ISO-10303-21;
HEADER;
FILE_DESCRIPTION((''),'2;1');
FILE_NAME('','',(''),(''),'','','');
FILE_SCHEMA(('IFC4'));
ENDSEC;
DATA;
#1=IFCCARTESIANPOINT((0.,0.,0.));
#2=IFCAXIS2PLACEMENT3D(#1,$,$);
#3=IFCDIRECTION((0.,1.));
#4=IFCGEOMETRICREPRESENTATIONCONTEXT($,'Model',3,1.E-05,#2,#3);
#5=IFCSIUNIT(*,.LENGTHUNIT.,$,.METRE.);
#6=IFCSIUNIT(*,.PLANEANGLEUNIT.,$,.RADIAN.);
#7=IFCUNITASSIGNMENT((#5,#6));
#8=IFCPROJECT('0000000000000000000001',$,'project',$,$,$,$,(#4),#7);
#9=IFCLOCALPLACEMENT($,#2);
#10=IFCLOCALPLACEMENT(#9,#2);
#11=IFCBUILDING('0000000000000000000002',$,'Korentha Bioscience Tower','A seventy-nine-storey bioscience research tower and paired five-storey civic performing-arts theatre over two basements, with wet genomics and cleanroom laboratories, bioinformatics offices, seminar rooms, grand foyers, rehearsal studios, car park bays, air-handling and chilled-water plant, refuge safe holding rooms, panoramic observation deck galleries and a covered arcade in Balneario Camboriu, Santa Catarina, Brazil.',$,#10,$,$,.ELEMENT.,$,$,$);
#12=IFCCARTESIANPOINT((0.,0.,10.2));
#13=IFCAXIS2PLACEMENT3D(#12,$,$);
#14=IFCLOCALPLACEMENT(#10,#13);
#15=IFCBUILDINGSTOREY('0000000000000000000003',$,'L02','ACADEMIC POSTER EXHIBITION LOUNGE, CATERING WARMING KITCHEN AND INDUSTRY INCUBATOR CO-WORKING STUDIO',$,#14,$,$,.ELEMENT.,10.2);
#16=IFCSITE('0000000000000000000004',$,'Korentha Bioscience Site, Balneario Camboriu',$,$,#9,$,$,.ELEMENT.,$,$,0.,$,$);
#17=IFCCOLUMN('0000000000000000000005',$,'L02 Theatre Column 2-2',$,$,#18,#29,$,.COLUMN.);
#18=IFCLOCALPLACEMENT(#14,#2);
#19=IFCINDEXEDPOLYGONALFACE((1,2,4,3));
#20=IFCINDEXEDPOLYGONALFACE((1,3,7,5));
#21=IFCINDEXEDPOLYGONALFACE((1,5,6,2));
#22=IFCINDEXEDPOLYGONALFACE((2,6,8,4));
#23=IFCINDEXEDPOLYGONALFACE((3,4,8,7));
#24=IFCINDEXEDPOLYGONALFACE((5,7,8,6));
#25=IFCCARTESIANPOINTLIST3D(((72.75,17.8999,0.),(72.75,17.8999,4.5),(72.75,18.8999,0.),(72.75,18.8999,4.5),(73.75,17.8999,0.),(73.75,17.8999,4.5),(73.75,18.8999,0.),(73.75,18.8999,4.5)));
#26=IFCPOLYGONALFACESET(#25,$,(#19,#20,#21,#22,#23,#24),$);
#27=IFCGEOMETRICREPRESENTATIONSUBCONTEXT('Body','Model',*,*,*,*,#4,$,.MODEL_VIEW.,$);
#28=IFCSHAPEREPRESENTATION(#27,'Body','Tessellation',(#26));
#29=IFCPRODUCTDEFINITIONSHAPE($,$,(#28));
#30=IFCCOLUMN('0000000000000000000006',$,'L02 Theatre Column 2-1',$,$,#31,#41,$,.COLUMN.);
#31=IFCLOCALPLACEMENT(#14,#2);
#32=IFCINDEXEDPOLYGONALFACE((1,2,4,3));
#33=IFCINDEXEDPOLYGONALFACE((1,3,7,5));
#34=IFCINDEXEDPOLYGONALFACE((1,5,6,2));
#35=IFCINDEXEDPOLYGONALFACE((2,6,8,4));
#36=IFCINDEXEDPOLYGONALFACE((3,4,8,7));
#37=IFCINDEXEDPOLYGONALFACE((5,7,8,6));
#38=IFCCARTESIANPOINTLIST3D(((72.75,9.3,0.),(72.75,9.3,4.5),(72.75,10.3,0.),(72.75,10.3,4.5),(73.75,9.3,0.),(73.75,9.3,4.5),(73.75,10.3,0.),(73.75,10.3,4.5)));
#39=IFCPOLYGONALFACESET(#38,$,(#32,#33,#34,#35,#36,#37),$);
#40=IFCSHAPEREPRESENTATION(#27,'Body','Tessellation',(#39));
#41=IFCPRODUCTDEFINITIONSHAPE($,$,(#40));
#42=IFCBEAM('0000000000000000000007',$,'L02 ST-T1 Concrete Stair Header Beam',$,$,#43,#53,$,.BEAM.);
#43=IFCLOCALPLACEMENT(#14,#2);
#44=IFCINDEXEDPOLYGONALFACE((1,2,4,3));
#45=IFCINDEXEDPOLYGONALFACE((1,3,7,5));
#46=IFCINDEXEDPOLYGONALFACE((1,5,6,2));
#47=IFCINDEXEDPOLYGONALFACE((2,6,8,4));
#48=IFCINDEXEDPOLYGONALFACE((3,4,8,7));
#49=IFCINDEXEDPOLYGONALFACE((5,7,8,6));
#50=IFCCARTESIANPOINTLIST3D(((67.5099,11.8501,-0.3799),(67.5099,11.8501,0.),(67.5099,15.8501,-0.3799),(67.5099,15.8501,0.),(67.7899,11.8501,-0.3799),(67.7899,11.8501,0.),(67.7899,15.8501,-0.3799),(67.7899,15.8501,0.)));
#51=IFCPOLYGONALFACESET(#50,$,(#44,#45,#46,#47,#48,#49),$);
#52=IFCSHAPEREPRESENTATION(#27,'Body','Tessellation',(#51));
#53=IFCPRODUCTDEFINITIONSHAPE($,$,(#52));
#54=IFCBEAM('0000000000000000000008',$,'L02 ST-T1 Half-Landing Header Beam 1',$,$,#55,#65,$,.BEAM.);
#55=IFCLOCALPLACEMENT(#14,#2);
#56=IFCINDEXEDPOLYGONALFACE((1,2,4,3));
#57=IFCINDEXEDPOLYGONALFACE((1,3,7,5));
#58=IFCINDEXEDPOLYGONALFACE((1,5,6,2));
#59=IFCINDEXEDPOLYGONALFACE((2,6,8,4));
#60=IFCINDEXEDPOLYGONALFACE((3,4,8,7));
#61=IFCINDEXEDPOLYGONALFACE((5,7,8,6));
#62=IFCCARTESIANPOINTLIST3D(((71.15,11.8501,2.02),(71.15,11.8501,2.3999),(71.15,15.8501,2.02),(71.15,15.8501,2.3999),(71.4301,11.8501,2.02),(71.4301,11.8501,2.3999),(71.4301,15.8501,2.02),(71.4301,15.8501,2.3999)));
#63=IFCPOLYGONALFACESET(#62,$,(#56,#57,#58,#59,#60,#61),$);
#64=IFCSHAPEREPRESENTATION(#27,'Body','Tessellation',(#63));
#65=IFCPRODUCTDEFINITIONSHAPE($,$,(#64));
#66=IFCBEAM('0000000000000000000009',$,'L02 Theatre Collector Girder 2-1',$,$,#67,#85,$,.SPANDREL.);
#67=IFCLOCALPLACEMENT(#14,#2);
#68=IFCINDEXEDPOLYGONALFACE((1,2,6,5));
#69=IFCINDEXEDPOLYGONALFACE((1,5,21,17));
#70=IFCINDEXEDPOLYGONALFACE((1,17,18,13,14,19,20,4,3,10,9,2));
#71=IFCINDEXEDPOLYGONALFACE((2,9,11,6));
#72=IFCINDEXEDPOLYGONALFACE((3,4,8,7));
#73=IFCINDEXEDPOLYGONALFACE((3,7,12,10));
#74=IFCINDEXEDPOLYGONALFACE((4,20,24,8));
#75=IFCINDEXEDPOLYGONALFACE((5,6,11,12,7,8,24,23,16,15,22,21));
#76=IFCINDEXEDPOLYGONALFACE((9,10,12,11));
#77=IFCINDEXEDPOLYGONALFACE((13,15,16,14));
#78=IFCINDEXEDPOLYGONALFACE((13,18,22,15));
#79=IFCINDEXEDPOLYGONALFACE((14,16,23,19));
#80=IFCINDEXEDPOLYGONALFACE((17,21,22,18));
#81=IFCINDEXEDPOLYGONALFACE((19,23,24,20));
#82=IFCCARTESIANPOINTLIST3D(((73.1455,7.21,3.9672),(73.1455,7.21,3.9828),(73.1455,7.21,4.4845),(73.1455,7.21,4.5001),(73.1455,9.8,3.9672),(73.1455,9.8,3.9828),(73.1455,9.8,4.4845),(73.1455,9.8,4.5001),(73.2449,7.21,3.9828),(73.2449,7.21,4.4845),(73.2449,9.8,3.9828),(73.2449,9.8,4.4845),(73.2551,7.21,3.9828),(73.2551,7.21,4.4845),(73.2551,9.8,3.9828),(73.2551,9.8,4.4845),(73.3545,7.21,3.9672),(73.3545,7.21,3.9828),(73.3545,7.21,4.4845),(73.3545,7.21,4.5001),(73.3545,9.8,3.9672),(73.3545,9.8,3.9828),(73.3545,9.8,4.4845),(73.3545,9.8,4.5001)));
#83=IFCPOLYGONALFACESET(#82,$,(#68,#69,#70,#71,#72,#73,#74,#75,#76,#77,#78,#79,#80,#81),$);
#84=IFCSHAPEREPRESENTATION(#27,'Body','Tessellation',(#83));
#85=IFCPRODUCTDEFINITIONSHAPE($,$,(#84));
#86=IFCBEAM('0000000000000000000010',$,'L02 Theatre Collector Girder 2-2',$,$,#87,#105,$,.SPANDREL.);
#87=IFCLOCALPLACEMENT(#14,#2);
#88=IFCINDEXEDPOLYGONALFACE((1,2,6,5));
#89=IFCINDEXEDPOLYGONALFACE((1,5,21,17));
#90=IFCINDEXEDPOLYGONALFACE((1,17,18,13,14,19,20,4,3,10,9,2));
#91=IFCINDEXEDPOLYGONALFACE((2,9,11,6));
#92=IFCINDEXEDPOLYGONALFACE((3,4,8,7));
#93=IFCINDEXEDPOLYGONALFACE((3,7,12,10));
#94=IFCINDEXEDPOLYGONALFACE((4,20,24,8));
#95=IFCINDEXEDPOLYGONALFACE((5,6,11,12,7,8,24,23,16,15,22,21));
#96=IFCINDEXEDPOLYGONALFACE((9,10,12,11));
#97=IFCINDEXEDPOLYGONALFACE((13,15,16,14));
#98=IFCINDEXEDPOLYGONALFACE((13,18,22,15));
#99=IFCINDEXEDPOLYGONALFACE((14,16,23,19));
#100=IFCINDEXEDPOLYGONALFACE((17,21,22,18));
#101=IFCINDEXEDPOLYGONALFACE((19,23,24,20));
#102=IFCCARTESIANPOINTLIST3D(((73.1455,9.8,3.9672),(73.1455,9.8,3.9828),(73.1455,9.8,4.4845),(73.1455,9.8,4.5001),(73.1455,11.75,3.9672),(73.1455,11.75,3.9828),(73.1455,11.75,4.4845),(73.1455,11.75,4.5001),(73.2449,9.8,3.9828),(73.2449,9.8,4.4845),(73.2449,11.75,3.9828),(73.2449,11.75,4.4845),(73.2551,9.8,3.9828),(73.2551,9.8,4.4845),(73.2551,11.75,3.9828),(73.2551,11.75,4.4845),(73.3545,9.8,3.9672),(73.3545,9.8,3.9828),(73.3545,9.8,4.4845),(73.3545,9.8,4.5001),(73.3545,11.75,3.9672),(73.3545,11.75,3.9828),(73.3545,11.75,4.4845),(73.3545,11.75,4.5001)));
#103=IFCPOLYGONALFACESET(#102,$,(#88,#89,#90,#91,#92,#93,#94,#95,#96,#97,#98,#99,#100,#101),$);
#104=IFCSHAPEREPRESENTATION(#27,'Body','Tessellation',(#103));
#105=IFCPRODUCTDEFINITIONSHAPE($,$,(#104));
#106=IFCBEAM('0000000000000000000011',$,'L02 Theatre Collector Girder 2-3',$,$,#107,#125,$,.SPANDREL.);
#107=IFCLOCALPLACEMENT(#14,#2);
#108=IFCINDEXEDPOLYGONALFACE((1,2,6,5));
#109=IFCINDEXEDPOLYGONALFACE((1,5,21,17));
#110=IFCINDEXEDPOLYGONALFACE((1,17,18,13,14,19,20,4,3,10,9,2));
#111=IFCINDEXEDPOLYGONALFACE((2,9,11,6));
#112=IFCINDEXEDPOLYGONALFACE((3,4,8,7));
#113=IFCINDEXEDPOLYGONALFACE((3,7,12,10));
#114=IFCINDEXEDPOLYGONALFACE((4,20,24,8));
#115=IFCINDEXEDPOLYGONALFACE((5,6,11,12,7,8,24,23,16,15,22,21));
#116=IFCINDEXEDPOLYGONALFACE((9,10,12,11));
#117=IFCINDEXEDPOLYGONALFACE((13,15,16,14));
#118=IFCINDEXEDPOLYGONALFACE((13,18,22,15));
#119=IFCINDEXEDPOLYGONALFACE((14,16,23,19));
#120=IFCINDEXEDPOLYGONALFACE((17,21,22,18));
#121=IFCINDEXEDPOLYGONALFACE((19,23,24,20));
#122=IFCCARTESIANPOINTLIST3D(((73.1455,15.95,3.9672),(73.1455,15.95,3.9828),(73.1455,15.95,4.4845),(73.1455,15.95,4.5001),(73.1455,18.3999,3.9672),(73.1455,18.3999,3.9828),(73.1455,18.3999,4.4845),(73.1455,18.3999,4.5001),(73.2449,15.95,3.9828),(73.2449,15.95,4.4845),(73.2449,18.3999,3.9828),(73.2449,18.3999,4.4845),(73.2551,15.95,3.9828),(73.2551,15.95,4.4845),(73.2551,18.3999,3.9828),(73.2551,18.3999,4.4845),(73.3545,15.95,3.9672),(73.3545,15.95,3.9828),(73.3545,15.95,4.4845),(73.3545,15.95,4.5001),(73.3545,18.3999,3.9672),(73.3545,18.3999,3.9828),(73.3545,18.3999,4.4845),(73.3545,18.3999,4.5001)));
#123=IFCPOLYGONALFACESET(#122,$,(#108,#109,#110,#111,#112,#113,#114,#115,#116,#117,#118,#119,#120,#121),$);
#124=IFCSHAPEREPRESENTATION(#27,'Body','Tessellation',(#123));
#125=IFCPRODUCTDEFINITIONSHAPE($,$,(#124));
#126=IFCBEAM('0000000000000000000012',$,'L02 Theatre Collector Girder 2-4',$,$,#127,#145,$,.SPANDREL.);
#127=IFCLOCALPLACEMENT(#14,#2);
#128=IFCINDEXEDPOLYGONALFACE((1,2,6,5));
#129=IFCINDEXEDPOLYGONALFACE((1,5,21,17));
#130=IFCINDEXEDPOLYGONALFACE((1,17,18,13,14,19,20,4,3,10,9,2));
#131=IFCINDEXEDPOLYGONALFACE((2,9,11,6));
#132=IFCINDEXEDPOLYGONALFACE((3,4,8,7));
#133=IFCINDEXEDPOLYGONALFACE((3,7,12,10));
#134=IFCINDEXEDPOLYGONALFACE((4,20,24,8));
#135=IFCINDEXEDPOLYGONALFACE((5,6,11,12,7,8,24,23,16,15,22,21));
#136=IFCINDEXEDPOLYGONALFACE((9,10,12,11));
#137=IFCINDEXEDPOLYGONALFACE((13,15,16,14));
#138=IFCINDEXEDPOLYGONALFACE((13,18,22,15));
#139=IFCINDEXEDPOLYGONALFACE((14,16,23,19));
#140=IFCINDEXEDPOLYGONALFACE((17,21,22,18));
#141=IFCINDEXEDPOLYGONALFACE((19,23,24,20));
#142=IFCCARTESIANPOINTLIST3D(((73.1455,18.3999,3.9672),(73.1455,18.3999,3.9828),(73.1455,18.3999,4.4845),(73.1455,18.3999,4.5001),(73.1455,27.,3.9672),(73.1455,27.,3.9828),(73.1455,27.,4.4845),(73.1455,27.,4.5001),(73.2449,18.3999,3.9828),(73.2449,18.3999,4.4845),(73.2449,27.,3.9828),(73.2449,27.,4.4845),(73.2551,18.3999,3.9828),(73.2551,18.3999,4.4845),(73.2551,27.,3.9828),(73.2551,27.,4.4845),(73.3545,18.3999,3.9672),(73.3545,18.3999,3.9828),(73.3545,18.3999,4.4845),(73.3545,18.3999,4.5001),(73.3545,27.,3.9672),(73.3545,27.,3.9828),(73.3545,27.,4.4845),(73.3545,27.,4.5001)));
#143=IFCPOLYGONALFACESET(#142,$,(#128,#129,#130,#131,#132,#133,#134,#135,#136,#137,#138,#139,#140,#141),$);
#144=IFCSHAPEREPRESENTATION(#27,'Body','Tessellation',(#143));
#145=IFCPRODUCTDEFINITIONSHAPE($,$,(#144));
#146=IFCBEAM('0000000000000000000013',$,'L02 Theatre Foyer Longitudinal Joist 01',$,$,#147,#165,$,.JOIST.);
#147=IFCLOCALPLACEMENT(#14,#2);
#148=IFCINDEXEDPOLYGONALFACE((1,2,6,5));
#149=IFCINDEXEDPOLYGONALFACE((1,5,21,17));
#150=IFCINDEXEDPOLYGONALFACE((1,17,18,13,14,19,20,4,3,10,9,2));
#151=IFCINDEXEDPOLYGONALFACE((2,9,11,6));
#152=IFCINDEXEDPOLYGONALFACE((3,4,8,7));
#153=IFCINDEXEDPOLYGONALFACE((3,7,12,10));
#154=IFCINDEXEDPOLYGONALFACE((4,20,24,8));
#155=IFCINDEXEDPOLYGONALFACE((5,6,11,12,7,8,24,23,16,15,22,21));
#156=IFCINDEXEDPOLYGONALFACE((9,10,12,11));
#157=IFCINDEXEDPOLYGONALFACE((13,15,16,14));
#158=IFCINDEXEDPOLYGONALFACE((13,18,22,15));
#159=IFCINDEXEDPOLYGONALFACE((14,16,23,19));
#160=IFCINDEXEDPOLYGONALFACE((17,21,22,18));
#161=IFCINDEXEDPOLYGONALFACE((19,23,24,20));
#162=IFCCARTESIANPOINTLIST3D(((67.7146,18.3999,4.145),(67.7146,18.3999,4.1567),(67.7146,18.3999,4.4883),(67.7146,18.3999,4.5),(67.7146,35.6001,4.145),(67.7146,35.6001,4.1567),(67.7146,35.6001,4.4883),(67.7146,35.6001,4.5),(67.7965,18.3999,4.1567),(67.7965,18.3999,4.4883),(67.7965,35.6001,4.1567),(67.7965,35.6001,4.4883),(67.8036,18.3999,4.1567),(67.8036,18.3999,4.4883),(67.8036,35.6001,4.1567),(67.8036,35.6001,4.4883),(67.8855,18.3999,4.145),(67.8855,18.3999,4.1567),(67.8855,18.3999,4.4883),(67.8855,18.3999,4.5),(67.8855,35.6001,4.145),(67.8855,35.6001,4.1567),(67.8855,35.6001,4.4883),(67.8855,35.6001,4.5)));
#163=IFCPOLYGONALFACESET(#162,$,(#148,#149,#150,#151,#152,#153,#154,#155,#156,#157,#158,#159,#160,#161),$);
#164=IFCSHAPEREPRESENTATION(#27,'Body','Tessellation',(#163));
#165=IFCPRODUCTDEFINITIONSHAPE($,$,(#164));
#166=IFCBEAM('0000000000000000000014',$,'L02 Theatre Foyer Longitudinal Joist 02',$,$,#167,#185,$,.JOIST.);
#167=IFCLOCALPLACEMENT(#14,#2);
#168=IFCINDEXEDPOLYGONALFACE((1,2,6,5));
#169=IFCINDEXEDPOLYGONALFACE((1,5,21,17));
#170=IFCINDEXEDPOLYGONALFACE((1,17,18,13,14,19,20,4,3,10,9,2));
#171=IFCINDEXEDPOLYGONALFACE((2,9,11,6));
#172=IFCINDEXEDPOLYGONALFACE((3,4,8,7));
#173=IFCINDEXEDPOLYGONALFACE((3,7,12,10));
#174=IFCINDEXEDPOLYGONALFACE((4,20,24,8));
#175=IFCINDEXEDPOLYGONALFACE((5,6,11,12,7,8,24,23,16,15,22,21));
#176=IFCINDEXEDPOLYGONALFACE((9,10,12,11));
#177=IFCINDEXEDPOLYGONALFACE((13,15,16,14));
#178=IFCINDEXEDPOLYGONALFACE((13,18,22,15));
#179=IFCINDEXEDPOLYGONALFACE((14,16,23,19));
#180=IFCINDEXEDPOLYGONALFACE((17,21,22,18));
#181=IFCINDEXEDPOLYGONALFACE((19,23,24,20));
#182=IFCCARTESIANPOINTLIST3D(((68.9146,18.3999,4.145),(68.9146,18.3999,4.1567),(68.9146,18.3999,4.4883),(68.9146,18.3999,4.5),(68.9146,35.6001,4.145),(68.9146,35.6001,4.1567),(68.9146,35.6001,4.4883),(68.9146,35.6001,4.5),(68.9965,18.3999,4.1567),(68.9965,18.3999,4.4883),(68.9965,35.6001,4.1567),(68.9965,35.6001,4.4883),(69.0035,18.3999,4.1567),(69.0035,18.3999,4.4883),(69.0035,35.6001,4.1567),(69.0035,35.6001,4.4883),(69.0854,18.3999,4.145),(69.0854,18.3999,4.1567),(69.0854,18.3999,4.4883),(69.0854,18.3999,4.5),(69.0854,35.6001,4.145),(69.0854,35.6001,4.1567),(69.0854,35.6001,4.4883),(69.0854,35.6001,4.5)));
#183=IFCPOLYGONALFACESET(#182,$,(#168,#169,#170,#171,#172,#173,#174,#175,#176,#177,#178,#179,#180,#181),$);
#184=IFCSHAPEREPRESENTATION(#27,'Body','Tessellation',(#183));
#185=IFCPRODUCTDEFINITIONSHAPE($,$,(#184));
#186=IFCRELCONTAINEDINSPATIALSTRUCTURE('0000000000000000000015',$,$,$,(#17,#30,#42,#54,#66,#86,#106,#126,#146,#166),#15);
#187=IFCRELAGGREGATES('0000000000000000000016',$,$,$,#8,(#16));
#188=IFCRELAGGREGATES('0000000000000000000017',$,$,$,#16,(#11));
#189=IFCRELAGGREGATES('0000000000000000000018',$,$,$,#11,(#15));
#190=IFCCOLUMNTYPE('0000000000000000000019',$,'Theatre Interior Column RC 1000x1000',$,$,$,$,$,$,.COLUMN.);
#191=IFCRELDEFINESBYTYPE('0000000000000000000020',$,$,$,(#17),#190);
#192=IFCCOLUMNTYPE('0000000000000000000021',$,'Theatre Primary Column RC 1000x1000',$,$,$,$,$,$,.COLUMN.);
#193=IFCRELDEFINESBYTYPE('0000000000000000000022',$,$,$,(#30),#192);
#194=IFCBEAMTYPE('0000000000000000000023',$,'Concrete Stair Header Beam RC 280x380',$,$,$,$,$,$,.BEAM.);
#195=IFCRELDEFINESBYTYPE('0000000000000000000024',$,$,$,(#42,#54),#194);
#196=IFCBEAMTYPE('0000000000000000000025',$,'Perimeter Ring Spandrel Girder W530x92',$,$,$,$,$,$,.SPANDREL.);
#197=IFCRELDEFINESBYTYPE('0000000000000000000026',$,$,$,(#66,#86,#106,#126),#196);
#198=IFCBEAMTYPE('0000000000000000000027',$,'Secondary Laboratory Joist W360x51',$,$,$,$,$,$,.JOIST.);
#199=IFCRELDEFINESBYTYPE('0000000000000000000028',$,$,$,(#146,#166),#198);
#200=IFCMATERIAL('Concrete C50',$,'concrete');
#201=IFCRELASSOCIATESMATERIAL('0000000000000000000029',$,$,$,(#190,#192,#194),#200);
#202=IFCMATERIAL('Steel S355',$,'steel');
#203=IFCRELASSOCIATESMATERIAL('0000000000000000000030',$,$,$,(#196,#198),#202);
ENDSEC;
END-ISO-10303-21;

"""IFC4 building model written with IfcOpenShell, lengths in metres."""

from ifc_helpers import new_model, si_unit, direction, frame, origin, origin_2d, place, context, subcontext, project, spatial, rectangle, i_section, extrude, material, material_profile, profile_set, type_object, element, save


model = new_model("IFC4")

# Units and contexts
model_context = context("Model", 3, precision=1e-05, world=origin(), true_north=direction((0.0, 1.0)))
body_context = subcontext(model_context, "Body", "Model", "MODEL_VIEW")
ifc_project = project(units=[si_unit("LENGTHUNIT", "METRE"), si_unit("PLANEANGLEUNIT", "RADIAN")], contexts=[model_context])

# Site, building, storey
site_placement = place(None, origin())
site = spatial("IfcSite", under=ifc_project, at=site_placement, Name="Korentha Bioscience Site, Balneario Camboriu", CompositionType="ELEMENT", RefElevation=0.0)
building_placement = place(site_placement, origin())
building = spatial("IfcBuilding", under=site, at=building_placement, Name="Korentha Bioscience Tower", Description="A seventy-nine-storey bioscience research tower and paired five-storey civic performing-arts theatre over two basements, with wet genomics and cleanroom laboratories, bioinformatics offices, seminar rooms, grand foyers, rehearsal studios, car park bays, air-handling and chilled-water plant, refuge safe holding rooms, panoramic observation deck galleries and a covered arcade in Balneario Camboriu, Santa Catarina, Brazil.", CompositionType="ELEMENT")
storey_placement = place(building_placement, frame((0.0, 0.0, 10.2)))
storey = spatial("IfcBuildingStorey", under=building, at=storey_placement, Name="L02", Description="ACADEMIC POSTER EXHIBITION LOUNGE, CATERING WARMING KITCHEN AND INDUSTRY INCUBATOR CO-WORKING STUDIO", CompositionType="ELEMENT", Elevation=10.2)

# Columns
ifc_material_1 = material(Name="Concrete C50", Category="concrete")
ifc_material_profile_1 = material_profile(ifc_material_1, rectangle(XDim=1.0, YDim=1.0, at=origin_2d()), Name="Concrete C50")
ifc_profile_set_1 = profile_set([ifc_material_profile_1], Name="Concrete C50 (TC-I01)")
column_type_1 = type_object("IfcColumnType", Name="Theatre Interior Column RC 1000x1000", PredefinedType="COLUMN", material=ifc_profile_set_1)
column_1_placement = place(storey_placement, frame((73.25, 18.3999, 0.0), z_axis=(0.0, 0.0, 1.0), x_axis=(1.0, 0.0, 0.0)))
element("IfcColumn", 1, at=column_1_placement, inside=storey, type_object=column_type_1, Name="L02 Theatre Column 2-2", PredefinedType="COLUMN", context=body_context, shape_type="SweptSolid", body=[
    extrude(rectangle(XDim=1.0, YDim=1.0, at=origin_2d()), origin(), (0.0, 0.0, 1.0), 4.5),
])
ifc_material_profile_2 = material_profile(ifc_material_1, rectangle(XDim=1.0, YDim=1.0, at=origin_2d()), Name="Concrete C50")
ifc_profile_set_2 = profile_set([ifc_material_profile_2], Name="Concrete C50 (TC-01)")
column_type_2 = type_object("IfcColumnType", Name="Theatre Primary Column RC 1000x1000", PredefinedType="COLUMN", material=ifc_profile_set_2)
column_2_placement = place(storey_placement, frame((73.25, 9.8, 0.0), z_axis=(0.0, 0.0, 1.0), x_axis=(1.0, 0.0, 0.0)))
element("IfcColumn", 2, at=column_2_placement, inside=storey, type_object=column_type_2, Name="L02 Theatre Column 2-1", PredefinedType="COLUMN", context=body_context, shape_type="SweptSolid", body=[
    extrude(rectangle(XDim=1.0, YDim=1.0, at=origin_2d()), origin(), (0.0, 0.0, 1.0), 4.5),
])

# Beams
ifc_material_profile_3 = material_profile(ifc_material_1, rectangle(XDim=0.28, YDim=0.3799, at=origin_2d()), Name="Concrete C50")
ifc_profile_set_3 = profile_set([ifc_material_profile_3], Name="Concrete C50 (ST-HB380)")
beam_type_1 = type_object("IfcBeamType", Name="Concrete Stair Header Beam RC 280x380", PredefinedType="BEAM", material=ifc_profile_set_3)
for number, where, z_axis, x_axis, name in (
    (3, (67.6499, 11.8501, -0.1899), (0.0, 1.0, 0.0), (-1.0, 0.0, 0.0), "L02 ST-T1 Concrete Stair Header Beam"),
    (4, (71.29, 11.8501, 2.21), (0.0, 1.0, 0.0), (-1.0, 0.0, 0.0), "L02 ST-T1 Half-Landing Header Beam 1"),
):
    element("IfcBeam", number, at=place(storey_placement, frame(where, z_axis=z_axis, x_axis=x_axis)), inside=storey, type_object=beam_type_1, Name=name, PredefinedType="BEAM", context=body_context, shape_type="SweptSolid", body=[
        extrude(rectangle(XDim=0.28, YDim=0.3799, at=origin_2d()), origin(), (0.0, 0.0, 1.0), 4.0),
    ])
ifc_material_2 = material(Name="Steel S355", Category="steel")
ifc_material_profile_4 = material_profile(ifc_material_2, i_section(OverallWidth=0.209, OverallDepth=0.533, WebThickness=0.0103, FlangeThickness=0.0156, at=origin_2d()), Name="Steel S355")
ifc_profile_set_4 = profile_set([ifc_material_profile_4], Name="Steel S355 (SB-530)")
beam_type_2 = type_object("IfcBeamType", Name="Perimeter Ring Spandrel Girder W530x92", PredefinedType="SPANDREL", material=ifc_profile_set_4)
beam_1_placement = place(storey_placement, frame((73.25, 7.21, 4.2336), z_axis=(0.0, 1.0, 0.0), x_axis=(-1.0, 0.0, 0.0)))
element("IfcBeam", 5, at=beam_1_placement, inside=storey, type_object=beam_type_2, Name="L02 Theatre Collector Girder 2-1", PredefinedType="SPANDREL", context=body_context, shape_type="SweptSolid", body=[
    extrude(i_section(OverallWidth=0.209, OverallDepth=0.533, WebThickness=0.0103, FlangeThickness=0.0156, at=origin_2d()), origin(), (0.0, 0.0, 1.0), 2.5901),
])
beam_2_placement = place(storey_placement, frame((73.25, 9.8, 4.2336), z_axis=(0.0, 1.0, 0.0), x_axis=(-1.0, 0.0, 0.0)))
element("IfcBeam", 6, at=beam_2_placement, inside=storey, type_object=beam_type_2, Name="L02 Theatre Collector Girder 2-2", PredefinedType="SPANDREL", context=body_context, shape_type="SweptSolid", body=[
    extrude(i_section(OverallWidth=0.209, OverallDepth=0.533, WebThickness=0.0103, FlangeThickness=0.0156, at=origin_2d()), origin(), (0.0, 0.0, 1.0), 1.95),
])
beam_3_placement = place(storey_placement, frame((73.25, 15.95, 4.2336), z_axis=(0.0, 1.0, 0.0), x_axis=(-1.0, 0.0, 0.0)))
element("IfcBeam", 7, at=beam_3_placement, inside=storey, type_object=beam_type_2, Name="L02 Theatre Collector Girder 2-3", PredefinedType="SPANDREL", context=body_context, shape_type="SweptSolid", body=[
    extrude(i_section(OverallWidth=0.209, OverallDepth=0.533, WebThickness=0.0103, FlangeThickness=0.0156, at=origin_2d()), origin(), (0.0, 0.0, 1.0), 2.45),
])
beam_4_placement = place(storey_placement, frame((73.25, 18.3999, 4.2336), z_axis=(0.0, 1.0, 0.0), x_axis=(-1.0, 0.0, 0.0)))
element("IfcBeam", 8, at=beam_4_placement, inside=storey, type_object=beam_type_2, Name="L02 Theatre Collector Girder 2-4", PredefinedType="SPANDREL", context=body_context, shape_type="SweptSolid", body=[
    extrude(i_section(OverallWidth=0.209, OverallDepth=0.533, WebThickness=0.0103, FlangeThickness=0.0156, at=origin_2d()), origin(), (0.0, 0.0, 1.0), 8.6001),
])
ifc_material_profile_5 = material_profile(ifc_material_2, i_section(OverallWidth=0.1709, OverallDepth=0.355, WebThickness=0.0071, FlangeThickness=0.0117, at=origin_2d()), Name="Steel S355")
ifc_profile_set_5 = profile_set([ifc_material_profile_5], Name="Steel S355 (JB-360)")
beam_type_3 = type_object("IfcBeamType", Name="Secondary Laboratory Joist W360x51", PredefinedType="JOIST", material=ifc_profile_set_5)
for number, where, z_axis, x_axis, name in (
    (9, (67.8, 18.3999, 4.3225), (0.0, 1.0, 0.0), (-1.0, 0.0, 0.0), "L02 Theatre Foyer Longitudinal Joist 01"),
    (10, (69.0, 18.3999, 4.3225), (0.0, 1.0, 0.0), (-1.0, 0.0, 0.0), "L02 Theatre Foyer Longitudinal Joist 02"),
):
    element("IfcBeam", number, at=place(storey_placement, frame(where, z_axis=z_axis, x_axis=x_axis)), inside=storey, type_object=beam_type_3, Name=name, PredefinedType="JOIST", context=body_context, shape_type="SweptSolid", body=[
        extrude(i_section(OverallWidth=0.1709, OverallDepth=0.355, WebThickness=0.0071, FlangeThickness=0.0117, at=origin_2d()), origin(), (0.0, 0.0, 1.0), 17.2002),
    ])

save(model, "model.ifc")
